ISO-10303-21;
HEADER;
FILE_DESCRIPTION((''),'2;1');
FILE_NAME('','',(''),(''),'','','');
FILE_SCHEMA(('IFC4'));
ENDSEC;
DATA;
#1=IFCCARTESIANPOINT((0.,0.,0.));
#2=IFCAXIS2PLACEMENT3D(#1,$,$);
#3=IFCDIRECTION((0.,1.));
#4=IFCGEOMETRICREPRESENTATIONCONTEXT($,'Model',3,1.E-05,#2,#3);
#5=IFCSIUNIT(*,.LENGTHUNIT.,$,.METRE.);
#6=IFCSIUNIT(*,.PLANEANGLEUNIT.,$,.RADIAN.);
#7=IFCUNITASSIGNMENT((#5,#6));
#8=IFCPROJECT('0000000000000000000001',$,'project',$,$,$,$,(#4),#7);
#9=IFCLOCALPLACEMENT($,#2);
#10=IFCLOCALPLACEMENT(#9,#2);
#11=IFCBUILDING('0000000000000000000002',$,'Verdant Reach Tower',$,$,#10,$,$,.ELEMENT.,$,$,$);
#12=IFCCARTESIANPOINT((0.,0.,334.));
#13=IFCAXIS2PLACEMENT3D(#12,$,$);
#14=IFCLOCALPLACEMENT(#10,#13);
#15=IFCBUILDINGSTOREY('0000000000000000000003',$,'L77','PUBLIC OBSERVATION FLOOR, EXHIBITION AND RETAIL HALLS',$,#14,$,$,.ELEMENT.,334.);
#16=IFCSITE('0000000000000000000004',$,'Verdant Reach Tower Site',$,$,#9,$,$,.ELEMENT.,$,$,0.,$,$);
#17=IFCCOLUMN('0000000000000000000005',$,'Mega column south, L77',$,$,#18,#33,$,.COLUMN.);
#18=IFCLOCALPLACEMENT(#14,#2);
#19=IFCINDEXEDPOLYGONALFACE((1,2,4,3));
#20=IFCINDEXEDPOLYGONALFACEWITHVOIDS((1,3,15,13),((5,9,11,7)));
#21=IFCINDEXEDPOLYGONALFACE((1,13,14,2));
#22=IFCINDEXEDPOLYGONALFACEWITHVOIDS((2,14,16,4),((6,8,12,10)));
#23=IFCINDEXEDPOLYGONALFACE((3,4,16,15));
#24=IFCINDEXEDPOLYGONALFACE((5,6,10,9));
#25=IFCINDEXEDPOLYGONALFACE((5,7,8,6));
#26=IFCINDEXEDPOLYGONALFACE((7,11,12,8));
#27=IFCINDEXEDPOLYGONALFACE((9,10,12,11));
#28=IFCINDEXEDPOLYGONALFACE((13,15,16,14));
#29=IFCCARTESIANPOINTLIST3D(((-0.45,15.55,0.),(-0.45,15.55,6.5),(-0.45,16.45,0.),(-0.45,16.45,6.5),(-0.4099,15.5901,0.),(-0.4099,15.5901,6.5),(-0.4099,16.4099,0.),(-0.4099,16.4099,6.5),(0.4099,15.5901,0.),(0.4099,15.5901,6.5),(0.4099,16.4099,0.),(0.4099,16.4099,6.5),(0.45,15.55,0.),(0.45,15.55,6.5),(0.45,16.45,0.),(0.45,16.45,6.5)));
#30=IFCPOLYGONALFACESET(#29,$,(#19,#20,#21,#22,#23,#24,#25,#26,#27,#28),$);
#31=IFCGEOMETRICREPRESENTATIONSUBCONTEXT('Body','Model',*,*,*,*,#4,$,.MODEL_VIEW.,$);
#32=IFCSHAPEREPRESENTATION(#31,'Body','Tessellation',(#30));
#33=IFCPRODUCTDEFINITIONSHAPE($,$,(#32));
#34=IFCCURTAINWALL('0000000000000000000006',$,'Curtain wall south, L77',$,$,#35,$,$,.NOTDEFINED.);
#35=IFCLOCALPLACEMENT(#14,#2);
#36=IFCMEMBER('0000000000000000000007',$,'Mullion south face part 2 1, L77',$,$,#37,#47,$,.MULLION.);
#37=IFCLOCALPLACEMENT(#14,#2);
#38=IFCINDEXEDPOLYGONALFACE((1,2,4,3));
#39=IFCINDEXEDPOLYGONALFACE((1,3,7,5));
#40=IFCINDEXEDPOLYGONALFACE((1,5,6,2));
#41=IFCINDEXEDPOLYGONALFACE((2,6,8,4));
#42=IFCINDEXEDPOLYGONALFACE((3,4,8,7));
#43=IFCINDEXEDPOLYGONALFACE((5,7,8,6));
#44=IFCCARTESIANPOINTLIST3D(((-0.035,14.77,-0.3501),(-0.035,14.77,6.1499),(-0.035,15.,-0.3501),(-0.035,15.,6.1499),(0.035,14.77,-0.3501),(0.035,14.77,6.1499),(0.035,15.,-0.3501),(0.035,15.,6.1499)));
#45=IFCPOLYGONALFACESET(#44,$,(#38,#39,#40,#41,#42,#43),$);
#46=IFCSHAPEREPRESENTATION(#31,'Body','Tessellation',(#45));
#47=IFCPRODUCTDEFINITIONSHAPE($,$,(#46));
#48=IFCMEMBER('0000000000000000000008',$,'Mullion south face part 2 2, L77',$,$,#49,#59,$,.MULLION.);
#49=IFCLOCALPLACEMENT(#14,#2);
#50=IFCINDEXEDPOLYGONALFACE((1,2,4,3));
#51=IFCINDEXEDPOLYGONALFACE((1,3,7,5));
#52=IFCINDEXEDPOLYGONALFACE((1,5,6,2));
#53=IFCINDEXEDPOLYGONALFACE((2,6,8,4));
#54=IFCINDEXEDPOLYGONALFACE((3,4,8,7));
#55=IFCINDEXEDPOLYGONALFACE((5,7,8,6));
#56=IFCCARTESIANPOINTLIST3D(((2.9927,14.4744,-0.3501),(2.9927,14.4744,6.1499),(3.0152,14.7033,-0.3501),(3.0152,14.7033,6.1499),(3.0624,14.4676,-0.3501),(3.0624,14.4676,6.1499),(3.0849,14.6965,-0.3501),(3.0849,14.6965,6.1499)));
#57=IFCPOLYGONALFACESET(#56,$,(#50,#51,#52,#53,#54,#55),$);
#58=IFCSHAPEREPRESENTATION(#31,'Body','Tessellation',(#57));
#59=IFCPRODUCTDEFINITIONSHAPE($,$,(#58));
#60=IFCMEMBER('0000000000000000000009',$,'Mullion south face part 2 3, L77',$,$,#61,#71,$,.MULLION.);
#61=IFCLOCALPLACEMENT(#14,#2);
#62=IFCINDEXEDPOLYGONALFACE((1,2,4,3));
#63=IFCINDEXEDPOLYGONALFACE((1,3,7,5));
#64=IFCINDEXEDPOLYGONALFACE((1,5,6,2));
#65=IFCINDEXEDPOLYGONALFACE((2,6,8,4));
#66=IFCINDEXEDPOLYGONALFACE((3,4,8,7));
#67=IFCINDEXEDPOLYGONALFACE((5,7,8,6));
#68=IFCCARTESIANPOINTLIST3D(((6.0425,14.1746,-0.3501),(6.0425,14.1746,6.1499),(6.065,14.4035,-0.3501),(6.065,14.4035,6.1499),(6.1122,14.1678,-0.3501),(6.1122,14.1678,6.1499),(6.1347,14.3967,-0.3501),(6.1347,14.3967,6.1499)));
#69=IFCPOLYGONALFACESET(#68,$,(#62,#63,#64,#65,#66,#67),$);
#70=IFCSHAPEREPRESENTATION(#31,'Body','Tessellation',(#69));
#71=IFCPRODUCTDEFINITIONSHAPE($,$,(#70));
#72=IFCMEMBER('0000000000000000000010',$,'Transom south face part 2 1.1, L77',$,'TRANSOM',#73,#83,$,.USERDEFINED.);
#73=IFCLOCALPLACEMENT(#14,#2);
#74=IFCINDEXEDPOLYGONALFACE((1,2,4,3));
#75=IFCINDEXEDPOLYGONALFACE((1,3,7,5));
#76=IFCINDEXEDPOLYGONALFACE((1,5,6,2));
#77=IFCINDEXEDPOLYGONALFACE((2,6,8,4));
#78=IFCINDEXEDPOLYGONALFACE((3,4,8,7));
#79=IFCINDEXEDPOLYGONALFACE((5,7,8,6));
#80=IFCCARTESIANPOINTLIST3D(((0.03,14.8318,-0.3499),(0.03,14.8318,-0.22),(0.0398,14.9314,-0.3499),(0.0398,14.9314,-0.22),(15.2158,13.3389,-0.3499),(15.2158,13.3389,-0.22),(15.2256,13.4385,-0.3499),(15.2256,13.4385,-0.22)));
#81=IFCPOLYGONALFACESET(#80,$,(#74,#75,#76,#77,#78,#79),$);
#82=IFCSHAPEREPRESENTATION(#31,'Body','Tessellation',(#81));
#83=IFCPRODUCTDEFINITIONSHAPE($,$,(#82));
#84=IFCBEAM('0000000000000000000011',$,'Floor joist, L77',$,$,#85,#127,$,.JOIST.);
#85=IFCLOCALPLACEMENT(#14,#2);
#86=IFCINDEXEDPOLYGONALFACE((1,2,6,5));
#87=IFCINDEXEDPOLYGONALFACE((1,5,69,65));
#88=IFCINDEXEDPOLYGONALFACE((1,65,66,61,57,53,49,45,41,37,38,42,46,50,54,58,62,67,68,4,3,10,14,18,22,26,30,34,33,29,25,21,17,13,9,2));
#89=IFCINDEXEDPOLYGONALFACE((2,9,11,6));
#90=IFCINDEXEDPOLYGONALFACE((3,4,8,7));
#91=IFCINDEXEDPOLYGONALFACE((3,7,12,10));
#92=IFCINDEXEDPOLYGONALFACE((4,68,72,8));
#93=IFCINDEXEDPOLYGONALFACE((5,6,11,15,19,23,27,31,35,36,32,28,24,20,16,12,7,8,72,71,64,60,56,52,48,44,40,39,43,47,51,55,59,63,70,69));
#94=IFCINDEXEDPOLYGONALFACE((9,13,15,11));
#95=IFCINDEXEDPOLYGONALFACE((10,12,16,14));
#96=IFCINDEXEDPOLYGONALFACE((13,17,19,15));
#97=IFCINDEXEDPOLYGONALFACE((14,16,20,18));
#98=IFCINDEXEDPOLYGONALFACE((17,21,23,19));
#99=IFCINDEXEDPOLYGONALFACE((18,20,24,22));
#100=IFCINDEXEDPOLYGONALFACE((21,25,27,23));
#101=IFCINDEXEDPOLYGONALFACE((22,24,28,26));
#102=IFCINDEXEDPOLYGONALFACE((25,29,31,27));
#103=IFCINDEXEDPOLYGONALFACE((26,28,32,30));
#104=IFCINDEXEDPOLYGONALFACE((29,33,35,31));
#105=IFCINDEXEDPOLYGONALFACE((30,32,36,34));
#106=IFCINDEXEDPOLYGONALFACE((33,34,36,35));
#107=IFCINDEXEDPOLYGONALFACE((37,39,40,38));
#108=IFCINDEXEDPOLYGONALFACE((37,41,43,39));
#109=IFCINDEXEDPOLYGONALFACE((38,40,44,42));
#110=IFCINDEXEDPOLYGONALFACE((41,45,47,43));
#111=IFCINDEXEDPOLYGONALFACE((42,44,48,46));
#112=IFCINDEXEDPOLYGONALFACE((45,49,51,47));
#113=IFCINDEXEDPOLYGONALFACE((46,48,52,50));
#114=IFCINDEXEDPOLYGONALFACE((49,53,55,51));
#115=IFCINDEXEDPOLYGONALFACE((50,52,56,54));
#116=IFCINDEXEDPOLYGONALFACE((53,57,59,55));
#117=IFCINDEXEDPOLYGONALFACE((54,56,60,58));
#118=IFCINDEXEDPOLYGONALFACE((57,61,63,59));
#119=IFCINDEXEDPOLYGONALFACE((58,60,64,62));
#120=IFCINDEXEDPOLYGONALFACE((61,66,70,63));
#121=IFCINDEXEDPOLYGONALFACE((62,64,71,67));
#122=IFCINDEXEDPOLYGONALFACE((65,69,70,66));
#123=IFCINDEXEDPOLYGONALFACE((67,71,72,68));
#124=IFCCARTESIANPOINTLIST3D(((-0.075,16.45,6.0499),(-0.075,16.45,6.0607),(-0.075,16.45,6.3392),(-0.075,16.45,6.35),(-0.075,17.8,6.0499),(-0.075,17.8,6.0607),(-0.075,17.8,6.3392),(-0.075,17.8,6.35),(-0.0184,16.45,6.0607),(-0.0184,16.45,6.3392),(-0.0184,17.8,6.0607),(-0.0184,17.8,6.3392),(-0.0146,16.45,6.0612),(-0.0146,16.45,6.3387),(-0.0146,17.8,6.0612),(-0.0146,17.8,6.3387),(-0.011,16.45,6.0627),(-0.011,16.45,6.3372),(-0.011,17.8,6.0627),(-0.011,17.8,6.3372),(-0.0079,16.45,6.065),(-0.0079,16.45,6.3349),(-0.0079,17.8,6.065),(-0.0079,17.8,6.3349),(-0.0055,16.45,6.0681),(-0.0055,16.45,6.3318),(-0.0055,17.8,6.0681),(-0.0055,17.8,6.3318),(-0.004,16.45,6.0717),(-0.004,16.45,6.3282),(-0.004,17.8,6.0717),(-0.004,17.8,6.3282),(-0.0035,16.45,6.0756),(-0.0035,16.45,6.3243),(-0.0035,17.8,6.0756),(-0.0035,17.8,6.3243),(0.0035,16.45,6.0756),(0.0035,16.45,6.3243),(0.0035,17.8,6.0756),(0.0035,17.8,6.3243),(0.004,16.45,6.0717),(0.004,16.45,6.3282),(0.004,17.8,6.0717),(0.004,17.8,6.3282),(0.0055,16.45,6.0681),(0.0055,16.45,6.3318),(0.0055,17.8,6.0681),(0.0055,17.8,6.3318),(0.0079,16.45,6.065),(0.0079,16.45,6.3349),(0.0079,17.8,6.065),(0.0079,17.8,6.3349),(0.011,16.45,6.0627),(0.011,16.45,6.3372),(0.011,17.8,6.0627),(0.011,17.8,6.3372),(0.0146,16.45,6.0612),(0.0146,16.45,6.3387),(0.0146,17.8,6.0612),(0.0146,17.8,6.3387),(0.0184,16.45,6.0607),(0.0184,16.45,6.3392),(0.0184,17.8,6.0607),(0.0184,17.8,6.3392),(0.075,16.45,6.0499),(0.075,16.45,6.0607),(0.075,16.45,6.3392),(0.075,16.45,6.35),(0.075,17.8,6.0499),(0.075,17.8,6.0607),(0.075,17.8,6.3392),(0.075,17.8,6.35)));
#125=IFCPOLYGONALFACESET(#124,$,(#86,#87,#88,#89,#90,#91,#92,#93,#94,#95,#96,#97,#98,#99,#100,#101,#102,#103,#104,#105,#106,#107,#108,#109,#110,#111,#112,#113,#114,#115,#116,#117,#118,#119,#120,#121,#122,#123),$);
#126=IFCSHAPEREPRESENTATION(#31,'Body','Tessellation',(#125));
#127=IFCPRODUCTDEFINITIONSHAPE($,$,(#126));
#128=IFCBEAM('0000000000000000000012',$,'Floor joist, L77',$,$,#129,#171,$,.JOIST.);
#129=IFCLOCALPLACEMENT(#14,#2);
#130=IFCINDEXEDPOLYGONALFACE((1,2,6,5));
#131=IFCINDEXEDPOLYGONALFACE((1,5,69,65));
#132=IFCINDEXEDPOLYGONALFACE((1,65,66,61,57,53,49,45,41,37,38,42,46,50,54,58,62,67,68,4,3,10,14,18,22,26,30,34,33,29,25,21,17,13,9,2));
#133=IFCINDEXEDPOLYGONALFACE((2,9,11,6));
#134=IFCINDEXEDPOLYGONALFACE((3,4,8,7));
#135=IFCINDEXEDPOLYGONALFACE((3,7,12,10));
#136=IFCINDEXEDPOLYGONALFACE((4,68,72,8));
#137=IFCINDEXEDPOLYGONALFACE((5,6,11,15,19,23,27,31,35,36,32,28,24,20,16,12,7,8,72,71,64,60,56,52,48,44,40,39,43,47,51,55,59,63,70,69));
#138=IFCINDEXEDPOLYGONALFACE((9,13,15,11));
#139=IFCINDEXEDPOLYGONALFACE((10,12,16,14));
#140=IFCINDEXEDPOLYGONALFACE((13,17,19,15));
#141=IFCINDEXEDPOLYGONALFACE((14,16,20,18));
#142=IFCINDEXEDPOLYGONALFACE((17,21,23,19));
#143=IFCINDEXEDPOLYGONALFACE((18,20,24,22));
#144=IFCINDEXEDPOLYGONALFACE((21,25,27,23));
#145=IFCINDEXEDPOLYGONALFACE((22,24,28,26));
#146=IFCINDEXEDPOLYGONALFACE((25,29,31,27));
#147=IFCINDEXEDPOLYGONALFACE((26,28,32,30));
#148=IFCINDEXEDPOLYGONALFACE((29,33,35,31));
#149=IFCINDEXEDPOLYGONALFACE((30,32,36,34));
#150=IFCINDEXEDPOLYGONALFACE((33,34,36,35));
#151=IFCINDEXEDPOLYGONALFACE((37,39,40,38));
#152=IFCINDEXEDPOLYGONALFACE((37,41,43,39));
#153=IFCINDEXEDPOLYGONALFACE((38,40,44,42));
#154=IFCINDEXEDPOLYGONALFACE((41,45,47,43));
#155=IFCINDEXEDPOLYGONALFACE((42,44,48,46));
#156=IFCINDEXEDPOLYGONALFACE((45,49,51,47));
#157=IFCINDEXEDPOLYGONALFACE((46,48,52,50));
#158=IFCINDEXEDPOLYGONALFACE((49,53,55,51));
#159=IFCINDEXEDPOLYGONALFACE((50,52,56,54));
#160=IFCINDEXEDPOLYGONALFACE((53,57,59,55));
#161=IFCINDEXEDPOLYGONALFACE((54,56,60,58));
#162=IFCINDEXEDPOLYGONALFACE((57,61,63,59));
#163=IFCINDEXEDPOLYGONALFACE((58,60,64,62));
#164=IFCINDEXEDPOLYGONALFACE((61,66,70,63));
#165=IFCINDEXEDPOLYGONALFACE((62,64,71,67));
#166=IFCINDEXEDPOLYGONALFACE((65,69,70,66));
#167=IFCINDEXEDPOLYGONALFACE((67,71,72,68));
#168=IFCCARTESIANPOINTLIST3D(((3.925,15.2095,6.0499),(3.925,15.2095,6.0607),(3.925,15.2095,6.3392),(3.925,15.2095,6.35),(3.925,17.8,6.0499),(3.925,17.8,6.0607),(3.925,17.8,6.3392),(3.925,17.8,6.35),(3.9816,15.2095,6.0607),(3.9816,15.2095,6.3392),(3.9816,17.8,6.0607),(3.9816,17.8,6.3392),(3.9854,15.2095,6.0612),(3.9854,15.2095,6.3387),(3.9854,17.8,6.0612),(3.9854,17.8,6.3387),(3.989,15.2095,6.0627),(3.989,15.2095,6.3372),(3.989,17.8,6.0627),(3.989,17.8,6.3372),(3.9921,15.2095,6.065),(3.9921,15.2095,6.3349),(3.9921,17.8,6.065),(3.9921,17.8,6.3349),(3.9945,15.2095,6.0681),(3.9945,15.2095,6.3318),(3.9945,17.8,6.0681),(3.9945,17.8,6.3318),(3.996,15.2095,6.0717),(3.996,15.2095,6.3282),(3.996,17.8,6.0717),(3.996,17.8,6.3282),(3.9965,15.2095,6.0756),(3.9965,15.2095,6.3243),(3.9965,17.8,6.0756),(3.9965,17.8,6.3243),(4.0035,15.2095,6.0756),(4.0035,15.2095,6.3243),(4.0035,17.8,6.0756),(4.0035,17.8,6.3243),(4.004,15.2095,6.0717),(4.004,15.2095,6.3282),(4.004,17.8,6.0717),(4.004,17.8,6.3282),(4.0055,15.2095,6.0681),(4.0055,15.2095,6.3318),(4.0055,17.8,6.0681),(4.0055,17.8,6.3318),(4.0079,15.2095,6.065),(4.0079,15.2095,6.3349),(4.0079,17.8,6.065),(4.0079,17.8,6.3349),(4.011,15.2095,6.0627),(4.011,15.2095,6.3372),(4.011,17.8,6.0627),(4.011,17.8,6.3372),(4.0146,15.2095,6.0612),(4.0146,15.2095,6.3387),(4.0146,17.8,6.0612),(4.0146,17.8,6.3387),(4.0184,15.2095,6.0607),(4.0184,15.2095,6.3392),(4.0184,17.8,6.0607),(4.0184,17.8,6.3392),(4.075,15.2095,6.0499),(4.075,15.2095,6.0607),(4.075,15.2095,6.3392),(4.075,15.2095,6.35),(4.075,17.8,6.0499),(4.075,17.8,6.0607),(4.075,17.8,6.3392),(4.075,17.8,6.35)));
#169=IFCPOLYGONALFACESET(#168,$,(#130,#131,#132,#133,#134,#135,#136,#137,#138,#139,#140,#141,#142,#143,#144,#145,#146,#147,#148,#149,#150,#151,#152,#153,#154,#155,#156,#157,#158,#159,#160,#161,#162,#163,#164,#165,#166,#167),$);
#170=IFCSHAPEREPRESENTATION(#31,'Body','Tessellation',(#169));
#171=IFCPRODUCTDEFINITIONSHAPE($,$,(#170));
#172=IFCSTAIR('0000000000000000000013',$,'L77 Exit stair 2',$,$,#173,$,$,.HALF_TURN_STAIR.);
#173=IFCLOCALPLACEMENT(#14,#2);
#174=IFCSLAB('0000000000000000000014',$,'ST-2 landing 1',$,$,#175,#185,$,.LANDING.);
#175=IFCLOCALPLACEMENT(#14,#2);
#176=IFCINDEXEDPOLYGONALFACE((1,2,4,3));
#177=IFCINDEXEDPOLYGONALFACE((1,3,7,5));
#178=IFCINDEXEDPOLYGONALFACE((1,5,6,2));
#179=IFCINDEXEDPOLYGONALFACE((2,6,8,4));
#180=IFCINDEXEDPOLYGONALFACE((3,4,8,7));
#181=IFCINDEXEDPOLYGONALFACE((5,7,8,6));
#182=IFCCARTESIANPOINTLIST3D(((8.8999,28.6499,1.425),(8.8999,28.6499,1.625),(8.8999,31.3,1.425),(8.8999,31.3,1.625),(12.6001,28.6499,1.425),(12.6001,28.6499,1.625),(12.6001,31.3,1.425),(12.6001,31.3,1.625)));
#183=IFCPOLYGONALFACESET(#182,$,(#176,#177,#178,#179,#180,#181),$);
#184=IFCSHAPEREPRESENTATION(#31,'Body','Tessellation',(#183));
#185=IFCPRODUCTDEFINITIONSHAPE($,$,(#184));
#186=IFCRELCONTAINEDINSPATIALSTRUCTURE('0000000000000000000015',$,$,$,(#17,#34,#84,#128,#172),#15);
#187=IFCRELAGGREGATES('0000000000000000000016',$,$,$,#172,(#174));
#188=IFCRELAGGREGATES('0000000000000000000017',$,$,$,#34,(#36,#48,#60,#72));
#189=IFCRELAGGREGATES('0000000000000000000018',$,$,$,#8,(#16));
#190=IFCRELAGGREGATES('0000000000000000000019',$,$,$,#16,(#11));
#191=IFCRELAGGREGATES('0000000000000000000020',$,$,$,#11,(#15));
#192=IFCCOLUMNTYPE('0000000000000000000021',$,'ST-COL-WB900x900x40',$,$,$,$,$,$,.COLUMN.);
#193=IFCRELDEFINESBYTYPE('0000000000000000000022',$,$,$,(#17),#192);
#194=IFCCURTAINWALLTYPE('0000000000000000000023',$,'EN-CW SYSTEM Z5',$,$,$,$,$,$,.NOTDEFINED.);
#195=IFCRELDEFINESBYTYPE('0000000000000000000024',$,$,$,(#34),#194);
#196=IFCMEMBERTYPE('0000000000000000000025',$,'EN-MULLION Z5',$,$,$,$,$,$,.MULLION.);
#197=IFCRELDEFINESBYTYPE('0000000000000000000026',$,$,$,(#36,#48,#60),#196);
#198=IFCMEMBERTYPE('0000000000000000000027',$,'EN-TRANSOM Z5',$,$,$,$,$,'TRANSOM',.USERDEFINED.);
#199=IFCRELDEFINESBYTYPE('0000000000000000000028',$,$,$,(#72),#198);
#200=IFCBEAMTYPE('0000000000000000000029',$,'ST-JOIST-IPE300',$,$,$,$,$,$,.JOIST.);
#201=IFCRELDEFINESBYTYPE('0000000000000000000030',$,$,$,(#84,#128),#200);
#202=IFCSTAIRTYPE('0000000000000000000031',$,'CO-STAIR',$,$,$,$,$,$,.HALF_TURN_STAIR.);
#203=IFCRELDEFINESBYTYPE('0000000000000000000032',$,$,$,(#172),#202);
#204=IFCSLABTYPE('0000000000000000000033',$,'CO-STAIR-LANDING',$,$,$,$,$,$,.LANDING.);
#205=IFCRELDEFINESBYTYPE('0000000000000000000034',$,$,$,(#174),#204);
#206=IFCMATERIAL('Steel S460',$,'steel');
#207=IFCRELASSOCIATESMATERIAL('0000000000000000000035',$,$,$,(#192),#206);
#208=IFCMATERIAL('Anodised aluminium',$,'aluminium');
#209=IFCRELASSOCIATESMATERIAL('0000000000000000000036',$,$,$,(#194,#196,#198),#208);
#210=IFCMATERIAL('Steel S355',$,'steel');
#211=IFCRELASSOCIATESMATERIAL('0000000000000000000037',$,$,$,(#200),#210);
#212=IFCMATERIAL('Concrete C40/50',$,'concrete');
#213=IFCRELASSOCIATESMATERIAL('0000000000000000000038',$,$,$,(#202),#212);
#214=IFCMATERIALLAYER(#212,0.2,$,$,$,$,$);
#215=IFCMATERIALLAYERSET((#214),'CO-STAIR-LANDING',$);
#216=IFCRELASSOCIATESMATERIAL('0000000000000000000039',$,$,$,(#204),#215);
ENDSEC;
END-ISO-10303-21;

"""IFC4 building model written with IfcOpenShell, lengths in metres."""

from ifc_helpers import new_model, si_unit, direction, frame, origin, origin_2d, place, context, subcontext, project, spatial, polyline, rectangle, hollow_rectangle, i_section, outline, extrude, material, layer, layer_set, material_profile, profile_set, type_object, element, aggregate, save


model = new_model("IFC4")

# Units and contexts
model_context = context("Model", 3, precision=1e-05, world=origin(), true_north=direction((0.0, 1.0)))
body_context = subcontext(model_context, "Body", "Model", "MODEL_VIEW")
ifc_project = project(units=[si_unit("LENGTHUNIT", "METRE"), si_unit("PLANEANGLEUNIT", "RADIAN")], contexts=[model_context])

# Site, building, storey
site_placement = place(None, origin())
site = spatial("IfcSite", under=ifc_project, at=site_placement, Name="Verdant Reach Tower Site", CompositionType="ELEMENT", RefElevation=0.0)
building_placement = place(site_placement, origin())
building = spatial("IfcBuilding", under=site, at=building_placement, Name="Verdant Reach Tower", CompositionType="ELEMENT")
storey_placement = place(building_placement, frame((0.0, 0.0, 334.0)))
storey = spatial("IfcBuildingStorey", under=building, at=storey_placement, Name="L77", Description="PUBLIC OBSERVATION FLOOR, EXHIBITION AND RETAIL HALLS", CompositionType="ELEMENT", Elevation=334.0)

# Column
ifc_material_1 = material(Name="Steel S460", Category="steel")
ifc_material_profile_1 = material_profile(ifc_material_1, hollow_rectangle(XDim=0.8999, YDim=0.8999, WallThickness=0.04, at=origin_2d()), Name="WB 900x900x40")
ifc_profile_set_1 = profile_set([ifc_material_profile_1], Name="Steel S460")
column_type = type_object("IfcColumnType", Name="ST-COL-WB900x900x40", PredefinedType="COLUMN", material=ifc_profile_set_1)
column_placement = place(storey_placement, frame((0.0, 16.0, 0.0), z_axis=(0.0, 0.0, 1.0), x_axis=(1.0, 0.0, 0.0)))
element("IfcColumn", 1, at=column_placement, inside=storey, type_object=column_type, Name="Mega column south, L77", PredefinedType="COLUMN", context=body_context, shape_type="SweptSolid", body=[
    extrude(hollow_rectangle(XDim=0.8999, YDim=0.8999, WallThickness=0.04, at=origin_2d()), origin(), (0.0, 0.0, 1.0), 6.5),
])

# Curtain wall, members
ifc_material_2 = material(Name="Anodised aluminium", Category="aluminium")
curtain_wall_type = type_object("IfcCurtainWallType", Name="EN-CW SYSTEM Z5", PredefinedType="NOTDEFINED", material=ifc_material_2)
curtain_wall_placement = place(storey_placement, origin())
curtain_wall = element("IfcCurtainWall", 2, at=curtain_wall_placement, inside=storey, type_object=curtain_wall_type, Name="Curtain wall south, L77", PredefinedType="NOTDEFINED")
ifc_material_profile_2 = material_profile(ifc_material_2, rectangle(XDim=0.23, YDim=0.0701, at=origin_2d()), Name="Mullion 70x230")
ifc_profile_set_2 = profile_set([ifc_material_profile_2], Name="Anodised aluminium")
member_type_1 = type_object("IfcMemberType", Name="EN-MULLION Z5", PredefinedType="MULLION", material=ifc_profile_set_2)
member_1_placement = place(storey_placement, frame((0.0, 14.885, -0.3501), z_axis=(0.0, 0.0, 1.0), x_axis=(0.0, -1.0, 0.0)))
member_1 = element("IfcMember", 3, at=member_1_placement, type_object=member_type_1, Name="Mullion south face part 2 1, L77", PredefinedType="MULLION", context=body_context, shape_type="SweptSolid", body=[
    extrude(rectangle(XDim=0.23, YDim=0.0701, at=origin_2d()), origin(), (0.0, 0.0, 1.0), 6.5),
])
member_2_placement = place(storey_placement, frame((3.0388, 14.5854, -0.3501), z_axis=(0.0, 0.0, 1.0), x_axis=(-0.097888, -0.995197, 0.0)))
member_2 = element("IfcMember", 4, at=member_2_placement, type_object=member_type_1, Name="Mullion south face part 2 2, L77", PredefinedType="MULLION", context=body_context, shape_type="SweptSolid", body=[
    extrude(rectangle(XDim=0.23, YDim=0.0701, at=origin_2d()), origin(), (0.0, 0.0, 1.0), 6.5),
])
member_3_placement = place(storey_placement, frame((6.0886, 14.2856, -0.3501), z_axis=(0.0, 0.0, 1.0), x_axis=(-0.097888, -0.995197, 0.0)))
member_3 = element("IfcMember", 5, at=member_3_placement, type_object=member_type_1, Name="Mullion south face part 2 3, L77", PredefinedType="MULLION", context=body_context, shape_type="SweptSolid", body=[
    extrude(rectangle(XDim=0.23, YDim=0.0701, at=origin_2d()), origin(), (0.0, 0.0, 1.0), 6.5),
])
ifc_material_profile_3 = material_profile(ifc_material_2, rectangle(XDim=0.1001, YDim=0.1299, at=origin_2d()), Name="Transom 130x100")
ifc_profile_set_3 = profile_set([ifc_material_profile_3], Name="Anodised aluminium")
member_type_2 = type_object("IfcMemberType", Name="EN-TRANSOM Z5", ElementType="TRANSOM", PredefinedType="USERDEFINED", material=ifc_profile_set_3)
member_4_placement = place(storey_placement, frame((0.0349, 14.8816, -0.2849), z_axis=(0.995202, -0.097839, 0.0), x_axis=(0.097839, 0.995202, 0.0)))
member_4 = element("IfcMember", 6, at=member_4_placement, type_object=member_type_2, Name="Transom south face part 2 1.1, L77", ObjectType="TRANSOM", PredefinedType="USERDEFINED", context=body_context, shape_type="SweptSolid", body=[
    extrude(rectangle(XDim=0.1001, YDim=0.1299, at=origin_2d()), origin(), (0.0, 0.0, 1.0), 15.259),
])

# Beams
ifc_material_3 = material(Name="Steel S355", Category="steel")
ifc_material_profile_4 = material_profile(ifc_material_3, i_section(OverallWidth=0.1499, OverallDepth=0.3, WebThickness=0.0071, FlangeThickness=0.0107, FilletRadius=0.0149, at=origin_2d()), Name="IPE 300")
ifc_profile_set_4 = profile_set([ifc_material_profile_4], Name="Steel S355")
beam_type = type_object("IfcBeamType", Name="ST-JOIST-IPE300", PredefinedType="JOIST", material=ifc_profile_set_4)
beam_1_placement = place(storey_placement, frame((0.0, 17.8, 6.2), z_axis=(0.0, -1.0, 0.0), x_axis=(1.0, 0.0, 0.0)))
element("IfcBeam", 7, at=beam_1_placement, inside=storey, type_object=beam_type, Name="Floor joist, L77", PredefinedType="JOIST", context=body_context, shape_type="SweptSolid", body=[
    extrude(i_section(OverallWidth=0.1499, OverallDepth=0.3, WebThickness=0.0071, FlangeThickness=0.0107, FilletRadius=0.0149, at=origin_2d()), origin(), (0.0, 0.0, 1.0), 1.3501),
])
beam_2_placement = place(storey_placement, frame((4.0, 17.8, 6.2), z_axis=(0.0, -1.0, 0.0), x_axis=(1.0, 0.0, 0.0)))
element("IfcBeam", 8, at=beam_2_placement, inside=storey, type_object=beam_type, Name="Floor joist, L77", PredefinedType="JOIST", context=body_context, shape_type="SweptSolid", body=[
    extrude(i_section(OverallWidth=0.1499, OverallDepth=0.3, WebThickness=0.0071, FlangeThickness=0.0107, FilletRadius=0.0149, at=origin_2d()), origin(), (0.0, 0.0, 1.0), 2.5906),
])

# Stair, slab
ifc_material_4 = material(Name="Concrete C40/50", Category="concrete")
stair_type = type_object("IfcStairType", Name="CO-STAIR", PredefinedType="HALF_TURN_STAIR", material=ifc_material_4)
stair_1_placement = place(storey_placement, origin())
stair_1 = element("IfcStair", 9, at=stair_1_placement, inside=storey, type_object=stair_type, Name="L77 Exit stair 2", PredefinedType="HALF_TURN_STAIR")
ifc_layer_1 = layer(ifc_material_4, 0.2)
ifc_layer_set_1 = layer_set([ifc_layer_1], Name="CO-STAIR-LANDING")
slab_type = type_object("IfcSlabType", Name="CO-STAIR-LANDING", PredefinedType="LANDING", material=ifc_layer_set_1)
slab_1_placement = place(storey_placement, frame((0.0, 0.0, 1.425)))
slab_1 = element("IfcSlab", 10, at=slab_1_placement, type_object=slab_type, Name="ST-2 landing 1", PredefinedType="LANDING", context=body_context, shape_type="SweptSolid", body=[
    extrude(outline(polyline([(12.6001, 28.6499), (12.6001, 31.3), (8.8999, 31.3), (8.8999, 28.6499), (12.6001, 28.6499)])), origin(), (0.0, 0.0, 1.0), 0.2),
])
aggregate(stair_1, [slab_1])

aggregate(curtain_wall, [member_1, member_2, member_3, member_4])

save(model, "model.ifc")
